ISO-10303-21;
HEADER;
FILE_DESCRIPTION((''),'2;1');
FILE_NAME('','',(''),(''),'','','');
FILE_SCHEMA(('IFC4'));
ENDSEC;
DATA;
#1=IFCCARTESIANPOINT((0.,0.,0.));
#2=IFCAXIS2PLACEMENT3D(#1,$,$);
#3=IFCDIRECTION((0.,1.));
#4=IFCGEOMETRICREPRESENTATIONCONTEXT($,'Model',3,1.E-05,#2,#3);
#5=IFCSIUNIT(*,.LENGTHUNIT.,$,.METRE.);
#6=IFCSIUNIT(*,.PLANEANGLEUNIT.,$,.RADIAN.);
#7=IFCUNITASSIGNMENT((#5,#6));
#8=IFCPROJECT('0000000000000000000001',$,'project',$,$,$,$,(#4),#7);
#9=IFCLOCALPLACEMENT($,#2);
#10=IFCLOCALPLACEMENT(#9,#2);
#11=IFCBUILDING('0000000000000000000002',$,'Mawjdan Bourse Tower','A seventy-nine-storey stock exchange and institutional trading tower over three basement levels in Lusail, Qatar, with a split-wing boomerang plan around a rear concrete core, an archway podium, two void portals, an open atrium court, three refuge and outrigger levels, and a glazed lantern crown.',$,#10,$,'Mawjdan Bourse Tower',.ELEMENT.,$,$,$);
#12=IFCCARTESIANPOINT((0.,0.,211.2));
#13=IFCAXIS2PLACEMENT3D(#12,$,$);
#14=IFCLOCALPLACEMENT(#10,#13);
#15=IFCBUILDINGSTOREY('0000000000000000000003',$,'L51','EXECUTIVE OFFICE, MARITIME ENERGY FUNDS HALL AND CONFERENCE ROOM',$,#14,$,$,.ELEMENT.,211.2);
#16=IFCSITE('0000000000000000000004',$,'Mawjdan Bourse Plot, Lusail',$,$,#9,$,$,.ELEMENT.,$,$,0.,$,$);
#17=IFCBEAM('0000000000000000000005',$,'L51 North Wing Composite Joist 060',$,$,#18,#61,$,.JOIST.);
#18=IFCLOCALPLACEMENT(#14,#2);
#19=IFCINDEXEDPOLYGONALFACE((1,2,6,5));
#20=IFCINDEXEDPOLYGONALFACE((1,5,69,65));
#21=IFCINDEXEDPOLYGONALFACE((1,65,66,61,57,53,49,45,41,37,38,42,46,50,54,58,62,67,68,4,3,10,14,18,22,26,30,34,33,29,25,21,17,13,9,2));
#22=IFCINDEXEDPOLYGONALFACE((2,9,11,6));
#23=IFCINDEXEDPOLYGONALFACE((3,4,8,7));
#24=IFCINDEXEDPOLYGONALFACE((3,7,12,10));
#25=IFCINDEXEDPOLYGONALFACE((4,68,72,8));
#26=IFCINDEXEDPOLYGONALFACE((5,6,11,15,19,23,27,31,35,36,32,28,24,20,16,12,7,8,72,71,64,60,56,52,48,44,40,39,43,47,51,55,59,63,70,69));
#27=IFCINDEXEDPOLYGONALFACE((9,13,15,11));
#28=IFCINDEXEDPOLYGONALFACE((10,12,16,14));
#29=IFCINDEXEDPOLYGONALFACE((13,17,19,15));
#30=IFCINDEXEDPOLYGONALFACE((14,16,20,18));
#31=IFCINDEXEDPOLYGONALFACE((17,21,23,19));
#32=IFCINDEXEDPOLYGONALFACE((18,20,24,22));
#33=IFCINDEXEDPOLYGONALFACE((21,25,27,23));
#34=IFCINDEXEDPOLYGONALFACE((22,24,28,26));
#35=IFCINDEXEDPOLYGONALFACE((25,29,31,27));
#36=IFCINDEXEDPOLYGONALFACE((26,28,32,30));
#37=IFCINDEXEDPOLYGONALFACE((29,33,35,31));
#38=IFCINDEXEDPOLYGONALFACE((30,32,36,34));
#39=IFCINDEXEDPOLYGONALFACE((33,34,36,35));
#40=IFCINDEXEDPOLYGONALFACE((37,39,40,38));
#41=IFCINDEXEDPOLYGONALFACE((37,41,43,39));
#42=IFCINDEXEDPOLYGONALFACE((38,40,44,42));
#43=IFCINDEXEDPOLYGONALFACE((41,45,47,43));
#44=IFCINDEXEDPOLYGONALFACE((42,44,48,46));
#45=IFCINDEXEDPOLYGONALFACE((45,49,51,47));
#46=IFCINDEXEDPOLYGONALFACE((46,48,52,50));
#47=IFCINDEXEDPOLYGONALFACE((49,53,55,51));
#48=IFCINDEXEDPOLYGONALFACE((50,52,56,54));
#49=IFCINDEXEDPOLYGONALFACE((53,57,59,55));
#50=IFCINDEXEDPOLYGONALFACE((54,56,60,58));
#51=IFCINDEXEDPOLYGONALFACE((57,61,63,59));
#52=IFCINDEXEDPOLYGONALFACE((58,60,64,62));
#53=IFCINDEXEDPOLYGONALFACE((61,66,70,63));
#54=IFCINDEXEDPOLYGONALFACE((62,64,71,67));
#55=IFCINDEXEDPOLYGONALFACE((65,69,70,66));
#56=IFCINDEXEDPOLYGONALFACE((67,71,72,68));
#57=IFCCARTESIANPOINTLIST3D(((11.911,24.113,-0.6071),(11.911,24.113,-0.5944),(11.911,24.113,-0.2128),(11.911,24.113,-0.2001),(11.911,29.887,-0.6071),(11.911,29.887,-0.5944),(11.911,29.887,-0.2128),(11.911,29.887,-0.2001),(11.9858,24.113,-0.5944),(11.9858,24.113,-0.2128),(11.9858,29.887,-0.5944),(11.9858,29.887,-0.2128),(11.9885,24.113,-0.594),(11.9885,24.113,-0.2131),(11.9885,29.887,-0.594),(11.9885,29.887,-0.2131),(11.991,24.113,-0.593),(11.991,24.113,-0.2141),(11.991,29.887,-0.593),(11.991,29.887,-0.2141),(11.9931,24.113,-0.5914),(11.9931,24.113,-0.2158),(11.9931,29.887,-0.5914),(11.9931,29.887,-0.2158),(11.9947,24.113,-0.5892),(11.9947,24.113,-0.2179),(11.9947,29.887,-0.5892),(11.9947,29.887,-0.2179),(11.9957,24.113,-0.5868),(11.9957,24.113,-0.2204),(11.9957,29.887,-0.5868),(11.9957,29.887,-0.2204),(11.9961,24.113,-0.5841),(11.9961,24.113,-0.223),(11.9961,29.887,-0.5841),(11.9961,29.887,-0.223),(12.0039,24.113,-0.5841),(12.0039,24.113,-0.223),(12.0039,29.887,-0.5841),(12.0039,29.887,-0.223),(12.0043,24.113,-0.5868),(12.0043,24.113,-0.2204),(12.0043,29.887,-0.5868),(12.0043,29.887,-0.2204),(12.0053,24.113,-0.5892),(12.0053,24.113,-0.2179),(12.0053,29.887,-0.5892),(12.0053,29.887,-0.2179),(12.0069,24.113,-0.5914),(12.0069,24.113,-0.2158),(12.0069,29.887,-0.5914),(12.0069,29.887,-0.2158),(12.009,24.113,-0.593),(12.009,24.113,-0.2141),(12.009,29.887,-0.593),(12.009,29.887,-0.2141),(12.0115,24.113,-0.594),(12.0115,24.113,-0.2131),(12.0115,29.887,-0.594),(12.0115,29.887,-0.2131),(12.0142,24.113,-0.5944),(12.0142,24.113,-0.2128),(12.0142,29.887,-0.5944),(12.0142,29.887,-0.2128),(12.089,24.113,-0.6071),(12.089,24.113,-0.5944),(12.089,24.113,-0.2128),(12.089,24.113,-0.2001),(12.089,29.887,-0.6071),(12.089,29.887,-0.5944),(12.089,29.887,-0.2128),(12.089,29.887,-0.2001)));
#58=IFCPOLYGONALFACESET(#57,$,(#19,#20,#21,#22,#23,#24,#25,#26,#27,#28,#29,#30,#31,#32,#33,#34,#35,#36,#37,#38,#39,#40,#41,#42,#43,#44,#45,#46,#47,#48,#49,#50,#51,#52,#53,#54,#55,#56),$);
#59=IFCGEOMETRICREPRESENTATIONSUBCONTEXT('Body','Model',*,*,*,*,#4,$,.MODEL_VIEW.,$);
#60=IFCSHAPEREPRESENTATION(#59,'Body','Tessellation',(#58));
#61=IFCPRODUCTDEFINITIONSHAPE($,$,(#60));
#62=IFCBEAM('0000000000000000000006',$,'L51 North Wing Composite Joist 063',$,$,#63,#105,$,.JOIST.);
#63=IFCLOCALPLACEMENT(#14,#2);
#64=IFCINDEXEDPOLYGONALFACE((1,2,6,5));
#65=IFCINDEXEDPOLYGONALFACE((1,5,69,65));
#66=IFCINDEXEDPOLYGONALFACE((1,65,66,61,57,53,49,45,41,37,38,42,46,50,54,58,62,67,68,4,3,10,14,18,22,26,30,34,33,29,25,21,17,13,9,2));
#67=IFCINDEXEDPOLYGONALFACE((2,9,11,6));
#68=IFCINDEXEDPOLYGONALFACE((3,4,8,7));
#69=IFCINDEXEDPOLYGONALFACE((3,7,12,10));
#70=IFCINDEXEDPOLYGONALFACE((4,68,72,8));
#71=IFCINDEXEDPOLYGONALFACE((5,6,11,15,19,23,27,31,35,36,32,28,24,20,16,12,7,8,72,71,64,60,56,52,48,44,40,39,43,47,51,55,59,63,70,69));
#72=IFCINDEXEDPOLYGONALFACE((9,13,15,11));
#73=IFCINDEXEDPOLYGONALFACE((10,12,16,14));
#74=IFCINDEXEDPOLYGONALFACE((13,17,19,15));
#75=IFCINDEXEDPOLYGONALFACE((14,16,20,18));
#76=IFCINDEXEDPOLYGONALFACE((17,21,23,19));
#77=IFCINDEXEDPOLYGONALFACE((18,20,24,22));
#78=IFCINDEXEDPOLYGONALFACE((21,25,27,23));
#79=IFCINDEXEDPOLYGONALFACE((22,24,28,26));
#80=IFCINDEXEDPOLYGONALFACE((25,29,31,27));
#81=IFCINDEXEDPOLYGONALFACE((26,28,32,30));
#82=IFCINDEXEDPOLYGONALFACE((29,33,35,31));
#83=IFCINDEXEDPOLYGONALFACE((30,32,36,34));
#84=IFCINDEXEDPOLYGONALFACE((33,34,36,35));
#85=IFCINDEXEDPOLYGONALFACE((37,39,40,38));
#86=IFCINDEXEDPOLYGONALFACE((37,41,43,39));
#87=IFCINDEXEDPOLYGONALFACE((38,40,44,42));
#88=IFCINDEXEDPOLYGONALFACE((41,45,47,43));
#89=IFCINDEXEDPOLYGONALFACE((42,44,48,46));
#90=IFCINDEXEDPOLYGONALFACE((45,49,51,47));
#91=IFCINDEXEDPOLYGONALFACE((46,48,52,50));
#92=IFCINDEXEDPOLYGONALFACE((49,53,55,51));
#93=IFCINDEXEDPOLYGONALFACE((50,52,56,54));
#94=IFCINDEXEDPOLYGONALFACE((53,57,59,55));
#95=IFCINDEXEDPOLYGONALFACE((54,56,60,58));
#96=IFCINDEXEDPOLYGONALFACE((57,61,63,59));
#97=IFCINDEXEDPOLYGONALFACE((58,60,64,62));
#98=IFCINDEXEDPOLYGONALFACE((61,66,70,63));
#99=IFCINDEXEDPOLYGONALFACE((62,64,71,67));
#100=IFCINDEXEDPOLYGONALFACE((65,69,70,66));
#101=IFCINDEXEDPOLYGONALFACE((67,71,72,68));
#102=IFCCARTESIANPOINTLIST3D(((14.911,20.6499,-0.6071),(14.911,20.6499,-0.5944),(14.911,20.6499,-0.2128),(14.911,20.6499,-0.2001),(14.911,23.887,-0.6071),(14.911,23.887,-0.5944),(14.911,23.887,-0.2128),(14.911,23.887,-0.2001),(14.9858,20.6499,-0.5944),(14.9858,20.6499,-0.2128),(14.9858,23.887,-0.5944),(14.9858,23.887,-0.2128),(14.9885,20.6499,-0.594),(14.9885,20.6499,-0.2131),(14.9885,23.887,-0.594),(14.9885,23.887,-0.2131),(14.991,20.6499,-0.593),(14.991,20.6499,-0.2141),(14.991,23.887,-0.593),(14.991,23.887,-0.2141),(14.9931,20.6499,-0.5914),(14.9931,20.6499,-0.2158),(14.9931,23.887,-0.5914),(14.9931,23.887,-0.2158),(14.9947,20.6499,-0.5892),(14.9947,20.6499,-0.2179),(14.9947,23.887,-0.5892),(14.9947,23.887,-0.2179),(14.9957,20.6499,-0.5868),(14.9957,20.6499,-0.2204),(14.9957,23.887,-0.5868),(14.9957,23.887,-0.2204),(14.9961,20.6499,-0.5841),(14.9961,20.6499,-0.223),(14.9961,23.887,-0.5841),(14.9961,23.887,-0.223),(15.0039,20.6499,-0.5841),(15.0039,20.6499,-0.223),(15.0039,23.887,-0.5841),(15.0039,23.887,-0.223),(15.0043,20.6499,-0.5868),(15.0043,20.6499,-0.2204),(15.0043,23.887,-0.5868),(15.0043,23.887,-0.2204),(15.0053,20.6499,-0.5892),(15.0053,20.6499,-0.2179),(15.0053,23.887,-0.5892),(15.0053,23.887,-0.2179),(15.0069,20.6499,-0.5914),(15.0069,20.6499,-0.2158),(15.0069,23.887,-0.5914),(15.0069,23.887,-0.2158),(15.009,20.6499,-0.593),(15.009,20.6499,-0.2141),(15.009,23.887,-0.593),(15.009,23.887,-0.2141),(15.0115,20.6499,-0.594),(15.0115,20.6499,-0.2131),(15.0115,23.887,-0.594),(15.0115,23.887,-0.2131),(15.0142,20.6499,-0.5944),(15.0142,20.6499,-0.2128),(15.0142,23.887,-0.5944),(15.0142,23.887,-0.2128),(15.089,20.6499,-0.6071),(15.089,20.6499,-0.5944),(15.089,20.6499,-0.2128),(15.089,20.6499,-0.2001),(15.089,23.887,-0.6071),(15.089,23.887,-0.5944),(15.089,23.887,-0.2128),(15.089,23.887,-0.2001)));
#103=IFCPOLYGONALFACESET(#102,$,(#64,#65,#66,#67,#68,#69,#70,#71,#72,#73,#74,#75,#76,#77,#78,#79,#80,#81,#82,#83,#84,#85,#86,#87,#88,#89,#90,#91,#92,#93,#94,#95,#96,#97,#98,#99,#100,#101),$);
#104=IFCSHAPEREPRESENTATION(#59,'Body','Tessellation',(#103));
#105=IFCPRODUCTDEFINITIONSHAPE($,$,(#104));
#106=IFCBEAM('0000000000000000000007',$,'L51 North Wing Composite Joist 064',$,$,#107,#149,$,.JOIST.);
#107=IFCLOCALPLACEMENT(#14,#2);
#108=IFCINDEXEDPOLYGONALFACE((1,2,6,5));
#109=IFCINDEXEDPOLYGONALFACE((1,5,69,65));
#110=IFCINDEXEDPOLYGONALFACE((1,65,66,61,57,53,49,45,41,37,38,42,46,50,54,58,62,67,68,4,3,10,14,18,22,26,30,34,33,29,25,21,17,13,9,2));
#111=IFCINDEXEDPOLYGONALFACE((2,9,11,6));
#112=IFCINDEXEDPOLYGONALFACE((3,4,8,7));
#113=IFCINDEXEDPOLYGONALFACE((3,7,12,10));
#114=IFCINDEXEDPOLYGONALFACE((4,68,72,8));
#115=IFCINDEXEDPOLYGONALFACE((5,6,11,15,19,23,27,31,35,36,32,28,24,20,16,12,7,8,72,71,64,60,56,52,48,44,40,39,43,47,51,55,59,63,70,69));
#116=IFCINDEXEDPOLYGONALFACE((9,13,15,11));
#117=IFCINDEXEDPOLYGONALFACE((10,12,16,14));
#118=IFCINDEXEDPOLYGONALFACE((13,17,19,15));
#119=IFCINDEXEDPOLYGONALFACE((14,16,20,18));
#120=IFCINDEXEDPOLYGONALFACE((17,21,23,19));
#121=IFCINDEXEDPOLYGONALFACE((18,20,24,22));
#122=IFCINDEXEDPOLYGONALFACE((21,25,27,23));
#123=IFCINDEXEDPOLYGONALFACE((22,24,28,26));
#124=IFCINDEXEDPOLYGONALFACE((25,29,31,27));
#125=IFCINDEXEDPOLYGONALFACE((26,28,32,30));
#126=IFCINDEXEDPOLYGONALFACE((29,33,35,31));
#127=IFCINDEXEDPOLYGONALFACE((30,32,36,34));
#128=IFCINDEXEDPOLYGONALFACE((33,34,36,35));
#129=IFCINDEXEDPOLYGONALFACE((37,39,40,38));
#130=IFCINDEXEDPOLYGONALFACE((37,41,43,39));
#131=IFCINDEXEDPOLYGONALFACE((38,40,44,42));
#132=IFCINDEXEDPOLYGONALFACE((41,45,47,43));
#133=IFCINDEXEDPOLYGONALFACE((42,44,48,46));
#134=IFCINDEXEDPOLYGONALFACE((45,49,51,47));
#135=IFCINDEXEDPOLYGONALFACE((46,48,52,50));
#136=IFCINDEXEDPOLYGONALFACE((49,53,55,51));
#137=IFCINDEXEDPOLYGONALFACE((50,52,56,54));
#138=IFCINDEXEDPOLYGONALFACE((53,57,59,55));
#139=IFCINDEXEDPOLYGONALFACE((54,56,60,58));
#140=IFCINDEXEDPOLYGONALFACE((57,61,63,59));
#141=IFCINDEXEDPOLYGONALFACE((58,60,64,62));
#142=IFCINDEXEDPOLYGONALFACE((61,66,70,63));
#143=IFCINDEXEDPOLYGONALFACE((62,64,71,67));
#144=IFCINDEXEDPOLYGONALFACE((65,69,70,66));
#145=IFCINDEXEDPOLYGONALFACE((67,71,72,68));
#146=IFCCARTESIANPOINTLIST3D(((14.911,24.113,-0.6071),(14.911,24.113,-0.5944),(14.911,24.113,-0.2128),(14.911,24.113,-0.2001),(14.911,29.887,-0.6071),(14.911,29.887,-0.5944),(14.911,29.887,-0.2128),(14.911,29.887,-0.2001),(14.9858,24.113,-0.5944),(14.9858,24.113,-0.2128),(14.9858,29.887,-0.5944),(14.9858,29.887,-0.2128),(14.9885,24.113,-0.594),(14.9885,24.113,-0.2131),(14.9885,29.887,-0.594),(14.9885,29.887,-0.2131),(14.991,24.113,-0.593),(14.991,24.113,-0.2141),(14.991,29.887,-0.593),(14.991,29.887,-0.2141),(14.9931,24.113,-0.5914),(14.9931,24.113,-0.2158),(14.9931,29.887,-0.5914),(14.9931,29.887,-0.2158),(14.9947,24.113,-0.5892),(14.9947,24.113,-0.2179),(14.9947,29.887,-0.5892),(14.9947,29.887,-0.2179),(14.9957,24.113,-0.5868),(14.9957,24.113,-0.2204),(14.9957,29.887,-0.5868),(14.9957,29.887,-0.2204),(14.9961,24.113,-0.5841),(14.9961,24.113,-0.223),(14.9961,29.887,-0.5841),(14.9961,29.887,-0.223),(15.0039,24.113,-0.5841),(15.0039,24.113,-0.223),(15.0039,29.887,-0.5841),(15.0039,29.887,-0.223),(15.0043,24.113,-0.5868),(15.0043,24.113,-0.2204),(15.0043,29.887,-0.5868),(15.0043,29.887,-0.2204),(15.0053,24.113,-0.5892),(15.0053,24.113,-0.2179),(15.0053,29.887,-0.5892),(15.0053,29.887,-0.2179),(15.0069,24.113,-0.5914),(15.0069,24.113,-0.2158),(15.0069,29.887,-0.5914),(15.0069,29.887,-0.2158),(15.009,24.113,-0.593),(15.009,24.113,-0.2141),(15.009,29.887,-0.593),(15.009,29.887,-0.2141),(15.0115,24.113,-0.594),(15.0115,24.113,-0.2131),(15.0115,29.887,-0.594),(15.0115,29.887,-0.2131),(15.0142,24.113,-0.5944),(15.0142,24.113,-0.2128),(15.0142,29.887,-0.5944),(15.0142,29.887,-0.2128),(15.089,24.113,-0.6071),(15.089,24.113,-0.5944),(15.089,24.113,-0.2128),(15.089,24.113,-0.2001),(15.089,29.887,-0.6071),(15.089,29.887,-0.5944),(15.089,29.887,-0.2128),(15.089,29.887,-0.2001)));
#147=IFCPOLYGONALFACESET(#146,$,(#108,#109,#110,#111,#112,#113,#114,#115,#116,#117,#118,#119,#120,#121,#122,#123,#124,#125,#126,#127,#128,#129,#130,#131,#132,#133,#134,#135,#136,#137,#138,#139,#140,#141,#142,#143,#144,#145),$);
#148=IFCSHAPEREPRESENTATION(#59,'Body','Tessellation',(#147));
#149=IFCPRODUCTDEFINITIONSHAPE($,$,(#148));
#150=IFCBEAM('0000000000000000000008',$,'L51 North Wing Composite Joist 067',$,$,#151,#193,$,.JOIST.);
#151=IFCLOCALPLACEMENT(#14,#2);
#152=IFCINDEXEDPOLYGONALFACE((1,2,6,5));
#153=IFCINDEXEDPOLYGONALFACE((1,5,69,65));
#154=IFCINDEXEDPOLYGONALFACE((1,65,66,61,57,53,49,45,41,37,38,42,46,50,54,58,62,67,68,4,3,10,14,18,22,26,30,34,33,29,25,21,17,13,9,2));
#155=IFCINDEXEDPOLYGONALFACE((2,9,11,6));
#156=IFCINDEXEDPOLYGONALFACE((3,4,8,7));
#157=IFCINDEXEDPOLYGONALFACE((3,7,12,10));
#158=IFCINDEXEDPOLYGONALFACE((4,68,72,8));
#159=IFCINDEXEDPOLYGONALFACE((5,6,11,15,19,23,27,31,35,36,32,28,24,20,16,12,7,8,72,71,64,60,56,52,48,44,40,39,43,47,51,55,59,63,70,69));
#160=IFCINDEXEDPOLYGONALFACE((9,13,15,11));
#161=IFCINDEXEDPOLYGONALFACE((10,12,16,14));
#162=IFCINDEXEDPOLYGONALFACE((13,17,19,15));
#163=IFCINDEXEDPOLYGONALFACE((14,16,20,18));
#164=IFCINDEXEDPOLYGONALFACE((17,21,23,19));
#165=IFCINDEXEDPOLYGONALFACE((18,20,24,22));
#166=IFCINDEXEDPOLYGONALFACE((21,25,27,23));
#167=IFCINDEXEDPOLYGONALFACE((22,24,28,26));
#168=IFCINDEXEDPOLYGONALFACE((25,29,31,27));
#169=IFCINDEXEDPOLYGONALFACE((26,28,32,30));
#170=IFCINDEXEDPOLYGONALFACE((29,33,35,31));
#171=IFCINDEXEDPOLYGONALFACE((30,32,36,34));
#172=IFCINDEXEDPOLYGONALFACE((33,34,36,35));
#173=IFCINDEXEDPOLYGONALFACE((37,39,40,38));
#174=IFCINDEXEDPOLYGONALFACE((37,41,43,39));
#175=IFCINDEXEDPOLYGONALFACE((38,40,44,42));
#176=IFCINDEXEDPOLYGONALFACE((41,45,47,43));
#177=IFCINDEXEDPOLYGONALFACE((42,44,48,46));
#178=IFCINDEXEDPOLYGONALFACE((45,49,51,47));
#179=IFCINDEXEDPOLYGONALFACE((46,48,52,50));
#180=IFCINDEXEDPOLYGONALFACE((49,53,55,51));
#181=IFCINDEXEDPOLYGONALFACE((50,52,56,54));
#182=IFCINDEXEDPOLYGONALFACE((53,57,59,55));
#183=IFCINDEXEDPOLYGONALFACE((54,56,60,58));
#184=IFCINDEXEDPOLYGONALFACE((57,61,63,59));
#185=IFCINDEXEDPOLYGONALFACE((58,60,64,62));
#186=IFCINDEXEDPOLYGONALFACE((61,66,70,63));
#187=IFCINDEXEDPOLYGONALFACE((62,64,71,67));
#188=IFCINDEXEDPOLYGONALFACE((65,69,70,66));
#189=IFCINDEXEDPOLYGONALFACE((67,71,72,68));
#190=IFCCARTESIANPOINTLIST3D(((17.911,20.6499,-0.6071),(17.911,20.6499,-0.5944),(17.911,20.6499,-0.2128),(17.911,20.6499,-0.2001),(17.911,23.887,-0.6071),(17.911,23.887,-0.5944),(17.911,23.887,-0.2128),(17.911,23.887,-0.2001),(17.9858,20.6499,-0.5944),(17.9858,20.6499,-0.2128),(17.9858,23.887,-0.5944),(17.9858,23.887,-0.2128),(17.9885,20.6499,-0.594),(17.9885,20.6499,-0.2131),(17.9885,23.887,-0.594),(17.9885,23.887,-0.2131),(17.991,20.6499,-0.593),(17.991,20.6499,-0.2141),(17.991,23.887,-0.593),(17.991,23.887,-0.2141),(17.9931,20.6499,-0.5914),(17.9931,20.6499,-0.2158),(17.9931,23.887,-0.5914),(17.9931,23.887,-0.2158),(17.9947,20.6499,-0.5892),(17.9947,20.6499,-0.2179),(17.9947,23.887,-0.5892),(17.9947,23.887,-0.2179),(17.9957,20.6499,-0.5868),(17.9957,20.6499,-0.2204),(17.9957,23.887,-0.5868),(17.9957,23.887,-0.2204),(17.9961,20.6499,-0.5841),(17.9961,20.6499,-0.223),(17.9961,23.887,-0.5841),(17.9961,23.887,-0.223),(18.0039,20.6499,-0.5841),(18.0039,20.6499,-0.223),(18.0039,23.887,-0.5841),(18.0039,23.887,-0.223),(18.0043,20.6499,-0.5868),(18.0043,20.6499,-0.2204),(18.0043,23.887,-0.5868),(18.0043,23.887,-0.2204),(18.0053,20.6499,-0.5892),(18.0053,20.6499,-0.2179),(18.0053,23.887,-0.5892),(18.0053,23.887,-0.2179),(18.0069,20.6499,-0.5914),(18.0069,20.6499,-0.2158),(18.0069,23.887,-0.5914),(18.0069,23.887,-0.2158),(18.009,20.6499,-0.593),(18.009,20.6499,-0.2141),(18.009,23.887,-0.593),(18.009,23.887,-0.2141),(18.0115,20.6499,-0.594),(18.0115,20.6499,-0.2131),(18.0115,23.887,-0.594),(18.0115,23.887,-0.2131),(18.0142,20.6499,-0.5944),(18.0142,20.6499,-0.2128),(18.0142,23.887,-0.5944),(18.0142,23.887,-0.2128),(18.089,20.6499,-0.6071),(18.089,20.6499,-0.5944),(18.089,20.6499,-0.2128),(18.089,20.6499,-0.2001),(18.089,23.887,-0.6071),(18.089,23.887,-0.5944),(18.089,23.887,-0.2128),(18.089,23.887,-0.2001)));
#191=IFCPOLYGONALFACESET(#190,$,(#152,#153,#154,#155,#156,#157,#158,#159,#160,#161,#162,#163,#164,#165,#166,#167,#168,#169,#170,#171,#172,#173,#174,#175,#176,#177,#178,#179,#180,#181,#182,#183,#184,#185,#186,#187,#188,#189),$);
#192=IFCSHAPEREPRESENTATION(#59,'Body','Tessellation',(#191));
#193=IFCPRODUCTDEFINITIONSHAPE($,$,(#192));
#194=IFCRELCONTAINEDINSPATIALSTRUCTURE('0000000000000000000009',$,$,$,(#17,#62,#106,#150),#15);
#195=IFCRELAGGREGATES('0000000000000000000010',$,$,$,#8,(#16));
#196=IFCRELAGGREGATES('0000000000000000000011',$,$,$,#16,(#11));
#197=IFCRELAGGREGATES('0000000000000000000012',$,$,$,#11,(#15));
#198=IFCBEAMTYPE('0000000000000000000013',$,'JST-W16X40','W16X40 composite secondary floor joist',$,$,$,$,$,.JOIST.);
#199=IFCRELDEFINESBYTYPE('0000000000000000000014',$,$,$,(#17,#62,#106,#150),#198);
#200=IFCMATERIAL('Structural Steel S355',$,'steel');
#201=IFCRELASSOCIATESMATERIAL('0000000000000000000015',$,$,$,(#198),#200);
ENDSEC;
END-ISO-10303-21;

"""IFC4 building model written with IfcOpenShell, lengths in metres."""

from ifc_helpers import new_model, si_unit, direction, frame, origin, origin_2d, place, context, subcontext, project, spatial, i_section, extrude, material, material_profile, profile_set, type_object, element, save


model = new_model("IFC4")

# Units and contexts
model_context = context("Model", 3, precision=1e-05, world=origin(), true_north=direction((0.0, 1.0)))
body_context = subcontext(model_context, "Body", "Model", "MODEL_VIEW")
ifc_project = project(units=[si_unit("LENGTHUNIT", "METRE"), si_unit("PLANEANGLEUNIT", "RADIAN")], contexts=[model_context])

# Site, building, storey
site_placement = place(None, origin())
site = spatial("IfcSite", under=ifc_project, at=site_placement, Name="Mawjdan Bourse Plot, Lusail", CompositionType="ELEMENT", RefElevation=0.0)
building_placement = place(site_placement, origin())
building = spatial("IfcBuilding", under=site, at=building_placement, Name="Mawjdan Bourse Tower", Description="A seventy-nine-storey stock exchange and institutional trading tower over three basement levels in Lusail, Qatar, with a split-wing boomerang plan around a rear concrete core, an archway podium, two void portals, an open atrium court, three refuge and outrigger levels, and a glazed lantern crown.", LongName="Mawjdan Bourse Tower", CompositionType="ELEMENT")
storey_placement = place(building_placement, frame((0.0, 0.0, 211.2)))
storey = spatial("IfcBuildingStorey", under=building, at=storey_placement, Name="L51", Description="EXECUTIVE OFFICE, MARITIME ENERGY FUNDS HALL AND CONFERENCE ROOM", CompositionType="ELEMENT", Elevation=211.2)

# Beams
ifc_material_1 = material(Name="Structural Steel S355", Category="steel")
ifc_material_profile_1 = material_profile(ifc_material_1, i_section(OverallWidth=0.178, OverallDepth=0.407, WebThickness=0.0078, FlangeThickness=0.0127, FilletRadius=0.0103, at=origin_2d()), Name="W16X40")
ifc_profile_set_1 = profile_set([ifc_material_profile_1], Name="Structural Steel S355")
beam_type_1 = type_object("IfcBeamType", Name="JST-W16X40", Description="W16X40 composite secondary floor joist", PredefinedType="JOIST", material=ifc_profile_set_1)
beam_1_placement = place(storey_placement, frame((12.0, 24.113, -0.4036), z_axis=(0.0, 1.0, 0.0), x_axis=(-1.0, 0.0, 0.0)))
element("IfcBeam", 1, at=beam_1_placement, inside=storey, type_object=beam_type_1, Name="L51 North Wing Composite Joist 060", PredefinedType="JOIST", context=body_context, shape_type="SweptSolid", body=[
    extrude(i_section(OverallWidth=0.178, OverallDepth=0.407, WebThickness=0.0078, FlangeThickness=0.0127, FilletRadius=0.0103, at=origin_2d()), origin(), (0.0, 0.0, 1.0), 5.7739),
])
beam_2_placement = place(storey_placement, frame((15.0, 20.6499, -0.4036), z_axis=(0.0, 1.0, 0.0), x_axis=(-1.0, 0.0, 0.0)))
element("IfcBeam", 2, at=beam_2_placement, inside=storey, type_object=beam_type_1, Name="L51 North Wing Composite Joist 063", PredefinedType="JOIST", context=body_context, shape_type="SweptSolid", body=[
    extrude(i_section(OverallWidth=0.178, OverallDepth=0.407, WebThickness=0.0078, FlangeThickness=0.0127, FilletRadius=0.0103, at=origin_2d()), origin(), (0.0, 0.0, 1.0), 3.2371),
])
beam_3_placement = place(storey_placement, frame((15.0, 24.113, -0.4036), z_axis=(0.0, 1.0, 0.0), x_axis=(-1.0, 0.0, 0.0)))
element("IfcBeam", 3, at=beam_3_placement, inside=storey, type_object=beam_type_1, Name="L51 North Wing Composite Joist 064", PredefinedType="JOIST", context=body_context, shape_type="SweptSolid", body=[
    extrude(i_section(OverallWidth=0.178, OverallDepth=0.407, WebThickness=0.0078, FlangeThickness=0.0127, FilletRadius=0.0103, at=origin_2d()), origin(), (0.0, 0.0, 1.0), 5.7739),
])
beam_4_placement = place(storey_placement, frame((18.0, 20.6499, -0.4036), z_axis=(0.0, 1.0, 0.0), x_axis=(-1.0, 0.0, 0.0)))
element("IfcBeam", 4, at=beam_4_placement, inside=storey, type_object=beam_type_1, Name="L51 North Wing Composite Joist 067", PredefinedType="JOIST", context=body_context, shape_type="SweptSolid", body=[
    extrude(i_section(OverallWidth=0.178, OverallDepth=0.407, WebThickness=0.0078, FlangeThickness=0.0127, FilletRadius=0.0103, at=origin_2d()), origin(), (0.0, 0.0, 1.0), 3.2371),
])

save(model, "model.ifc")
